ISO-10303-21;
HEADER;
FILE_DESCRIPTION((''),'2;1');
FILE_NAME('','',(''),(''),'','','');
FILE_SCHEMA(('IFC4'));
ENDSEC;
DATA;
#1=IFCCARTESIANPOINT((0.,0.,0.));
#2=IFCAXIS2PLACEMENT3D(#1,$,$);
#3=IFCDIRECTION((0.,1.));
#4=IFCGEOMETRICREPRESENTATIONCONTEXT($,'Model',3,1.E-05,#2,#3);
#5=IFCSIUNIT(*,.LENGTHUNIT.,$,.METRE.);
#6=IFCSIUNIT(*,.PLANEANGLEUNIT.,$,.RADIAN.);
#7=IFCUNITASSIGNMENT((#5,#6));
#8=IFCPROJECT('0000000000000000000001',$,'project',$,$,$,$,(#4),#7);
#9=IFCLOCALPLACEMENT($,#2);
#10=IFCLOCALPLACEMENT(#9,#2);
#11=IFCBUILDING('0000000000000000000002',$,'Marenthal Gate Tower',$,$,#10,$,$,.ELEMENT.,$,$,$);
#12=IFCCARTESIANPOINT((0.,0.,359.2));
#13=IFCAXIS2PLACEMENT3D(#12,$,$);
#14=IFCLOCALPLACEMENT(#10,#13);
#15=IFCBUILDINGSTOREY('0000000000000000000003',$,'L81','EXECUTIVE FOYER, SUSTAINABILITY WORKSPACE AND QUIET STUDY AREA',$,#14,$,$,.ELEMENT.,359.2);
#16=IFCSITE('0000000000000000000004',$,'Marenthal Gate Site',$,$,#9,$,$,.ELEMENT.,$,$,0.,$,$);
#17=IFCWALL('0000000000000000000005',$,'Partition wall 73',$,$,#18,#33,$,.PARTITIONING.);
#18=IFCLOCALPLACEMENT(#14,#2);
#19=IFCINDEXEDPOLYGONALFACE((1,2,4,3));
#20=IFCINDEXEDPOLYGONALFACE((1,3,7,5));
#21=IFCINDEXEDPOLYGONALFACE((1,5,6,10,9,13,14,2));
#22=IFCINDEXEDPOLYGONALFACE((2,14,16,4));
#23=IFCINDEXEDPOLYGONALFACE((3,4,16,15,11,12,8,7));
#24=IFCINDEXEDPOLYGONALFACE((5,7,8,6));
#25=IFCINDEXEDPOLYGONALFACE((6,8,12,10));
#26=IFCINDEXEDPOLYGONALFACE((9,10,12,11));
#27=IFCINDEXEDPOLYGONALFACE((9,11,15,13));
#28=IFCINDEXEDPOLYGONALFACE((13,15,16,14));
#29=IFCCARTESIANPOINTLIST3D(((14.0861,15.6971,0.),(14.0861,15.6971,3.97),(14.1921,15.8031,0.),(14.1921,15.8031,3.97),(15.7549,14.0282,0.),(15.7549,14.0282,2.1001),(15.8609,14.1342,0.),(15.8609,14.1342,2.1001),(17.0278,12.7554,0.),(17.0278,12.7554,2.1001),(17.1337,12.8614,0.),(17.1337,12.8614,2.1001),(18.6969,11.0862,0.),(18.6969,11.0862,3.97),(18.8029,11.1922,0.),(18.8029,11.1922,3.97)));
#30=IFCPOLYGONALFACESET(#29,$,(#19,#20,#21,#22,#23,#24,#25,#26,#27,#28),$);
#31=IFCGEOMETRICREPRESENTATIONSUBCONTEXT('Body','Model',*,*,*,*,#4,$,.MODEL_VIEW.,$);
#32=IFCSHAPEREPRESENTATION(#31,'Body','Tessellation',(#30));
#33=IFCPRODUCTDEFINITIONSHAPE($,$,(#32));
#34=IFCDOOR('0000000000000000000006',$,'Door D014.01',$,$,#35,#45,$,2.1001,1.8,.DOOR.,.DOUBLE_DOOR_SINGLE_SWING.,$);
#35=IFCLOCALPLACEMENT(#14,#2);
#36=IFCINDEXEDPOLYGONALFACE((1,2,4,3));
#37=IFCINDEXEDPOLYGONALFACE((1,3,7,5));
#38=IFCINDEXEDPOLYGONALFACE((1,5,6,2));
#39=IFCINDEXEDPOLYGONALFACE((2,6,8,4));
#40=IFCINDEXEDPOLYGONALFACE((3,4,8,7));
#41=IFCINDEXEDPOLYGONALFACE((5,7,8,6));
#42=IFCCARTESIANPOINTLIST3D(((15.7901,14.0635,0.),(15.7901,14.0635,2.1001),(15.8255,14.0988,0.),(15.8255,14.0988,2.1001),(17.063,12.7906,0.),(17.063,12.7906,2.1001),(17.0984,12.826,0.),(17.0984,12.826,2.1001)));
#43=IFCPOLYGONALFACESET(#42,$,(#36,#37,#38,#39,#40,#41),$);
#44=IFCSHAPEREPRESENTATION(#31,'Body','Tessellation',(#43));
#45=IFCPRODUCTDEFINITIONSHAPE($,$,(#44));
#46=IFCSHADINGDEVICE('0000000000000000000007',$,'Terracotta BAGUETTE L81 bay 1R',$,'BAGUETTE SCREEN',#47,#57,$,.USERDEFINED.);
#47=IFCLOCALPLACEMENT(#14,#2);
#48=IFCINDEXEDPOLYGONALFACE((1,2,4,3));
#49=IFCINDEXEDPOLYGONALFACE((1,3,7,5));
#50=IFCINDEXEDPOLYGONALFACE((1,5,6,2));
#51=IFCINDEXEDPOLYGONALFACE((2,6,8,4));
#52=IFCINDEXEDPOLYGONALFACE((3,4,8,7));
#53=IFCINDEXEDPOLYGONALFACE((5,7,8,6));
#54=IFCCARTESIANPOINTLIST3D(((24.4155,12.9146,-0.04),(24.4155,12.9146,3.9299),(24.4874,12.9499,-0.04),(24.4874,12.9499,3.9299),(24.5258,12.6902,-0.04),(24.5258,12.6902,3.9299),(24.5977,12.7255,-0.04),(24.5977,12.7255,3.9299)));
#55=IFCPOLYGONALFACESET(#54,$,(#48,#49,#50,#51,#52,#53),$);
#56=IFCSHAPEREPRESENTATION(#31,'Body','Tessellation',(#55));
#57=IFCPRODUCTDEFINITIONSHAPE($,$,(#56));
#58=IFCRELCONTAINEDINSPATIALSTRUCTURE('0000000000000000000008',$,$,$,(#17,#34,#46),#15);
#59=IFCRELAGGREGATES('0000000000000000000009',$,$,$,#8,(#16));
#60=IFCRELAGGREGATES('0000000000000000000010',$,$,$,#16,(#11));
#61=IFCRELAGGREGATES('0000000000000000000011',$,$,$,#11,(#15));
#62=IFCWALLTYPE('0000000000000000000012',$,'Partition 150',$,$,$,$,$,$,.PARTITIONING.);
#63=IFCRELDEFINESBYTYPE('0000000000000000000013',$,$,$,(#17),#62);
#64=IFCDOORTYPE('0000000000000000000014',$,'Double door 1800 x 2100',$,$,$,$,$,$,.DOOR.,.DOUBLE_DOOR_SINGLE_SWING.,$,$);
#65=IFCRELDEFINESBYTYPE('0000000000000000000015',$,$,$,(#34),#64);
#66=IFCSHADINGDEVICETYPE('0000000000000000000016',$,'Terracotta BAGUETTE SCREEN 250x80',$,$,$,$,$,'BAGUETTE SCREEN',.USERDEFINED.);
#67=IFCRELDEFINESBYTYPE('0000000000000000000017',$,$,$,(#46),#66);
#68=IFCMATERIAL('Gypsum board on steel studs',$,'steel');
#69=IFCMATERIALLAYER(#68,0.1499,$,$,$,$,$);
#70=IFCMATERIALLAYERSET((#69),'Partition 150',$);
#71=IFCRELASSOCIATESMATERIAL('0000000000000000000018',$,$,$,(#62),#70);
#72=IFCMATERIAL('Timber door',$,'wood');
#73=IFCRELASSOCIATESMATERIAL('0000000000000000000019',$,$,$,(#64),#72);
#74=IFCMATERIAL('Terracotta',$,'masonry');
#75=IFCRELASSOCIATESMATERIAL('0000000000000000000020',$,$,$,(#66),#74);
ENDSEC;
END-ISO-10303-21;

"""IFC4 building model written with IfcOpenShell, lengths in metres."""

from ifc_helpers import new_model, si_unit, direction, frame, frame_2d, origin, origin_2d, place, context, subcontext, project, spatial, rectangle, extrude, material, layer, layer_set, material_profile, profile_set, type_object, element, fill, save


model = new_model("IFC4")

# Units and contexts
model_context = context("Model", 3, precision=1e-05, world=origin(), true_north=direction((0.0, 1.0)))
body_context = subcontext(model_context, "Body", "Model", "MODEL_VIEW")
ifc_project = project(units=[si_unit("LENGTHUNIT", "METRE"), si_unit("PLANEANGLEUNIT", "RADIAN")], contexts=[model_context])

# Site, building, storey
site_placement = place(None, origin())
site = spatial("IfcSite", under=ifc_project, at=site_placement, Name="Marenthal Gate Site", CompositionType="ELEMENT", RefElevation=0.0)
building_placement = place(site_placement, origin())
building = spatial("IfcBuilding", under=site, at=building_placement, Name="Marenthal Gate Tower", CompositionType="ELEMENT")
storey_placement = place(building_placement, frame((0.0, 0.0, 359.2)))
storey = spatial("IfcBuildingStorey", under=building, at=storey_placement, Name="L81", Description="EXECUTIVE FOYER, SUSTAINABILITY WORKSPACE AND QUIET STUDY AREA", CompositionType="ELEMENT", Elevation=359.2)

# Wall, opening, door
ifc_material_1 = material(Name="Gypsum board on steel studs", Category="steel")
ifc_layer_1 = layer(ifc_material_1, 0.1499)
ifc_layer_set_1 = layer_set([ifc_layer_1], Name="Partition 150")
wall_type_1 = type_object("IfcWallType", Name="Partition 150", PredefinedType="PARTITIONING", material=ifc_layer_set_1)
wall_1_placement = place(storey_placement, frame((14.1392, 15.75, 0.0), z_axis=(0.0, 0.0, 1.0), x_axis=(0.707107, -0.707107, 0.0)))
wall_1 = element("IfcWall", 1, at=wall_1_placement, inside=storey, type_object=wall_type_1, Name="Partition wall 73", PredefinedType="PARTITIONING", context=body_context, shape_type="SweptSolid", body=[
    extrude(rectangle(XDim=6.5208, YDim=0.1499, at=frame_2d((3.2603, 0.0))), origin(), (0.0, 0.0, 1.0), 3.97),
])
opening_1_placement = place(wall_1_placement, frame((2.3601, 0.0, 0.0)))
opening_1 = element("IfcOpeningElement", 2, at=opening_1_placement, cuts=wall_1, PredefinedType="OPENING", context=body_context, shape_type="SweptSolid", body=[
    extrude(rectangle(XDim=1.8, YDim=2.1001, at=frame_2d((0.8999, 1.05))), frame((0.0, 0.085, 0.0), z_axis=(0.0, -1.0, 0.0), x_axis=(1.0, 0.0, 0.0)), (0.0, 0.0, 1.0), 0.1699),
])
ifc_material_2 = material(Name="Timber door", Category="wood")
door_type_1 = type_object("IfcDoorType", Name="Double door 1800 x 2100", OperationType="DOUBLE_DOOR_SINGLE_SWING", PredefinedType="DOOR", material=ifc_material_2)
door_1_placement = place(opening_1_placement, origin())
door_1 = element("IfcDoor", 3, at=door_1_placement, inside=storey, type_object=door_type_1, Name="Door D014.01", OperationType="DOUBLE_DOOR_SINGLE_SWING", OverallHeight=2.1001, OverallWidth=1.8, PredefinedType="DOOR", context=body_context, shape_type="SweptSolid", body=[
    extrude(rectangle(XDim=1.8, YDim=2.1001, at=frame_2d((0.8999, 1.05))), frame((0.0, 0.0249, 0.0), z_axis=(0.0, -1.0, 0.0), x_axis=(1.0, 0.0, 0.0)), (0.0, 0.0, 1.0), 0.05),
])
fill(opening_1, door_1)

# Shading device
ifc_material_3 = material(Name="Terracotta", Category="masonry")
ifc_material_profile_1 = material_profile(ifc_material_3, rectangle(XDim=0.25, YDim=0.0801, at=origin_2d()), Name="Terracotta baguette 250x80")
ifc_profile_set_1 = profile_set([ifc_material_profile_1], Name="Terracotta")
shading_device_type = type_object("IfcShadingDeviceType", Name="Terracotta BAGUETTE SCREEN 250x80", ElementType="BAGUETTE SCREEN", PredefinedType="USERDEFINED", material=ifc_profile_set_1)
shading_device_placement = place(storey_placement, frame((24.5066, 12.8201, -0.04), z_axis=(0.0, 0.0, 1.0), x_axis=(-0.441063, 0.897476, 0.0)))
element("IfcShadingDevice", 4, at=shading_device_placement, inside=storey, type_object=shading_device_type, Name="Terracotta BAGUETTE L81 bay 1R", ObjectType="BAGUETTE SCREEN", PredefinedType="USERDEFINED", context=body_context, shape_type="SweptSolid", body=[
    extrude(rectangle(XDim=0.25, YDim=0.0801, at=origin_2d()), origin(), (0.0, 0.0, 1.0), 3.97),
])

save(model, "model.ifc")
